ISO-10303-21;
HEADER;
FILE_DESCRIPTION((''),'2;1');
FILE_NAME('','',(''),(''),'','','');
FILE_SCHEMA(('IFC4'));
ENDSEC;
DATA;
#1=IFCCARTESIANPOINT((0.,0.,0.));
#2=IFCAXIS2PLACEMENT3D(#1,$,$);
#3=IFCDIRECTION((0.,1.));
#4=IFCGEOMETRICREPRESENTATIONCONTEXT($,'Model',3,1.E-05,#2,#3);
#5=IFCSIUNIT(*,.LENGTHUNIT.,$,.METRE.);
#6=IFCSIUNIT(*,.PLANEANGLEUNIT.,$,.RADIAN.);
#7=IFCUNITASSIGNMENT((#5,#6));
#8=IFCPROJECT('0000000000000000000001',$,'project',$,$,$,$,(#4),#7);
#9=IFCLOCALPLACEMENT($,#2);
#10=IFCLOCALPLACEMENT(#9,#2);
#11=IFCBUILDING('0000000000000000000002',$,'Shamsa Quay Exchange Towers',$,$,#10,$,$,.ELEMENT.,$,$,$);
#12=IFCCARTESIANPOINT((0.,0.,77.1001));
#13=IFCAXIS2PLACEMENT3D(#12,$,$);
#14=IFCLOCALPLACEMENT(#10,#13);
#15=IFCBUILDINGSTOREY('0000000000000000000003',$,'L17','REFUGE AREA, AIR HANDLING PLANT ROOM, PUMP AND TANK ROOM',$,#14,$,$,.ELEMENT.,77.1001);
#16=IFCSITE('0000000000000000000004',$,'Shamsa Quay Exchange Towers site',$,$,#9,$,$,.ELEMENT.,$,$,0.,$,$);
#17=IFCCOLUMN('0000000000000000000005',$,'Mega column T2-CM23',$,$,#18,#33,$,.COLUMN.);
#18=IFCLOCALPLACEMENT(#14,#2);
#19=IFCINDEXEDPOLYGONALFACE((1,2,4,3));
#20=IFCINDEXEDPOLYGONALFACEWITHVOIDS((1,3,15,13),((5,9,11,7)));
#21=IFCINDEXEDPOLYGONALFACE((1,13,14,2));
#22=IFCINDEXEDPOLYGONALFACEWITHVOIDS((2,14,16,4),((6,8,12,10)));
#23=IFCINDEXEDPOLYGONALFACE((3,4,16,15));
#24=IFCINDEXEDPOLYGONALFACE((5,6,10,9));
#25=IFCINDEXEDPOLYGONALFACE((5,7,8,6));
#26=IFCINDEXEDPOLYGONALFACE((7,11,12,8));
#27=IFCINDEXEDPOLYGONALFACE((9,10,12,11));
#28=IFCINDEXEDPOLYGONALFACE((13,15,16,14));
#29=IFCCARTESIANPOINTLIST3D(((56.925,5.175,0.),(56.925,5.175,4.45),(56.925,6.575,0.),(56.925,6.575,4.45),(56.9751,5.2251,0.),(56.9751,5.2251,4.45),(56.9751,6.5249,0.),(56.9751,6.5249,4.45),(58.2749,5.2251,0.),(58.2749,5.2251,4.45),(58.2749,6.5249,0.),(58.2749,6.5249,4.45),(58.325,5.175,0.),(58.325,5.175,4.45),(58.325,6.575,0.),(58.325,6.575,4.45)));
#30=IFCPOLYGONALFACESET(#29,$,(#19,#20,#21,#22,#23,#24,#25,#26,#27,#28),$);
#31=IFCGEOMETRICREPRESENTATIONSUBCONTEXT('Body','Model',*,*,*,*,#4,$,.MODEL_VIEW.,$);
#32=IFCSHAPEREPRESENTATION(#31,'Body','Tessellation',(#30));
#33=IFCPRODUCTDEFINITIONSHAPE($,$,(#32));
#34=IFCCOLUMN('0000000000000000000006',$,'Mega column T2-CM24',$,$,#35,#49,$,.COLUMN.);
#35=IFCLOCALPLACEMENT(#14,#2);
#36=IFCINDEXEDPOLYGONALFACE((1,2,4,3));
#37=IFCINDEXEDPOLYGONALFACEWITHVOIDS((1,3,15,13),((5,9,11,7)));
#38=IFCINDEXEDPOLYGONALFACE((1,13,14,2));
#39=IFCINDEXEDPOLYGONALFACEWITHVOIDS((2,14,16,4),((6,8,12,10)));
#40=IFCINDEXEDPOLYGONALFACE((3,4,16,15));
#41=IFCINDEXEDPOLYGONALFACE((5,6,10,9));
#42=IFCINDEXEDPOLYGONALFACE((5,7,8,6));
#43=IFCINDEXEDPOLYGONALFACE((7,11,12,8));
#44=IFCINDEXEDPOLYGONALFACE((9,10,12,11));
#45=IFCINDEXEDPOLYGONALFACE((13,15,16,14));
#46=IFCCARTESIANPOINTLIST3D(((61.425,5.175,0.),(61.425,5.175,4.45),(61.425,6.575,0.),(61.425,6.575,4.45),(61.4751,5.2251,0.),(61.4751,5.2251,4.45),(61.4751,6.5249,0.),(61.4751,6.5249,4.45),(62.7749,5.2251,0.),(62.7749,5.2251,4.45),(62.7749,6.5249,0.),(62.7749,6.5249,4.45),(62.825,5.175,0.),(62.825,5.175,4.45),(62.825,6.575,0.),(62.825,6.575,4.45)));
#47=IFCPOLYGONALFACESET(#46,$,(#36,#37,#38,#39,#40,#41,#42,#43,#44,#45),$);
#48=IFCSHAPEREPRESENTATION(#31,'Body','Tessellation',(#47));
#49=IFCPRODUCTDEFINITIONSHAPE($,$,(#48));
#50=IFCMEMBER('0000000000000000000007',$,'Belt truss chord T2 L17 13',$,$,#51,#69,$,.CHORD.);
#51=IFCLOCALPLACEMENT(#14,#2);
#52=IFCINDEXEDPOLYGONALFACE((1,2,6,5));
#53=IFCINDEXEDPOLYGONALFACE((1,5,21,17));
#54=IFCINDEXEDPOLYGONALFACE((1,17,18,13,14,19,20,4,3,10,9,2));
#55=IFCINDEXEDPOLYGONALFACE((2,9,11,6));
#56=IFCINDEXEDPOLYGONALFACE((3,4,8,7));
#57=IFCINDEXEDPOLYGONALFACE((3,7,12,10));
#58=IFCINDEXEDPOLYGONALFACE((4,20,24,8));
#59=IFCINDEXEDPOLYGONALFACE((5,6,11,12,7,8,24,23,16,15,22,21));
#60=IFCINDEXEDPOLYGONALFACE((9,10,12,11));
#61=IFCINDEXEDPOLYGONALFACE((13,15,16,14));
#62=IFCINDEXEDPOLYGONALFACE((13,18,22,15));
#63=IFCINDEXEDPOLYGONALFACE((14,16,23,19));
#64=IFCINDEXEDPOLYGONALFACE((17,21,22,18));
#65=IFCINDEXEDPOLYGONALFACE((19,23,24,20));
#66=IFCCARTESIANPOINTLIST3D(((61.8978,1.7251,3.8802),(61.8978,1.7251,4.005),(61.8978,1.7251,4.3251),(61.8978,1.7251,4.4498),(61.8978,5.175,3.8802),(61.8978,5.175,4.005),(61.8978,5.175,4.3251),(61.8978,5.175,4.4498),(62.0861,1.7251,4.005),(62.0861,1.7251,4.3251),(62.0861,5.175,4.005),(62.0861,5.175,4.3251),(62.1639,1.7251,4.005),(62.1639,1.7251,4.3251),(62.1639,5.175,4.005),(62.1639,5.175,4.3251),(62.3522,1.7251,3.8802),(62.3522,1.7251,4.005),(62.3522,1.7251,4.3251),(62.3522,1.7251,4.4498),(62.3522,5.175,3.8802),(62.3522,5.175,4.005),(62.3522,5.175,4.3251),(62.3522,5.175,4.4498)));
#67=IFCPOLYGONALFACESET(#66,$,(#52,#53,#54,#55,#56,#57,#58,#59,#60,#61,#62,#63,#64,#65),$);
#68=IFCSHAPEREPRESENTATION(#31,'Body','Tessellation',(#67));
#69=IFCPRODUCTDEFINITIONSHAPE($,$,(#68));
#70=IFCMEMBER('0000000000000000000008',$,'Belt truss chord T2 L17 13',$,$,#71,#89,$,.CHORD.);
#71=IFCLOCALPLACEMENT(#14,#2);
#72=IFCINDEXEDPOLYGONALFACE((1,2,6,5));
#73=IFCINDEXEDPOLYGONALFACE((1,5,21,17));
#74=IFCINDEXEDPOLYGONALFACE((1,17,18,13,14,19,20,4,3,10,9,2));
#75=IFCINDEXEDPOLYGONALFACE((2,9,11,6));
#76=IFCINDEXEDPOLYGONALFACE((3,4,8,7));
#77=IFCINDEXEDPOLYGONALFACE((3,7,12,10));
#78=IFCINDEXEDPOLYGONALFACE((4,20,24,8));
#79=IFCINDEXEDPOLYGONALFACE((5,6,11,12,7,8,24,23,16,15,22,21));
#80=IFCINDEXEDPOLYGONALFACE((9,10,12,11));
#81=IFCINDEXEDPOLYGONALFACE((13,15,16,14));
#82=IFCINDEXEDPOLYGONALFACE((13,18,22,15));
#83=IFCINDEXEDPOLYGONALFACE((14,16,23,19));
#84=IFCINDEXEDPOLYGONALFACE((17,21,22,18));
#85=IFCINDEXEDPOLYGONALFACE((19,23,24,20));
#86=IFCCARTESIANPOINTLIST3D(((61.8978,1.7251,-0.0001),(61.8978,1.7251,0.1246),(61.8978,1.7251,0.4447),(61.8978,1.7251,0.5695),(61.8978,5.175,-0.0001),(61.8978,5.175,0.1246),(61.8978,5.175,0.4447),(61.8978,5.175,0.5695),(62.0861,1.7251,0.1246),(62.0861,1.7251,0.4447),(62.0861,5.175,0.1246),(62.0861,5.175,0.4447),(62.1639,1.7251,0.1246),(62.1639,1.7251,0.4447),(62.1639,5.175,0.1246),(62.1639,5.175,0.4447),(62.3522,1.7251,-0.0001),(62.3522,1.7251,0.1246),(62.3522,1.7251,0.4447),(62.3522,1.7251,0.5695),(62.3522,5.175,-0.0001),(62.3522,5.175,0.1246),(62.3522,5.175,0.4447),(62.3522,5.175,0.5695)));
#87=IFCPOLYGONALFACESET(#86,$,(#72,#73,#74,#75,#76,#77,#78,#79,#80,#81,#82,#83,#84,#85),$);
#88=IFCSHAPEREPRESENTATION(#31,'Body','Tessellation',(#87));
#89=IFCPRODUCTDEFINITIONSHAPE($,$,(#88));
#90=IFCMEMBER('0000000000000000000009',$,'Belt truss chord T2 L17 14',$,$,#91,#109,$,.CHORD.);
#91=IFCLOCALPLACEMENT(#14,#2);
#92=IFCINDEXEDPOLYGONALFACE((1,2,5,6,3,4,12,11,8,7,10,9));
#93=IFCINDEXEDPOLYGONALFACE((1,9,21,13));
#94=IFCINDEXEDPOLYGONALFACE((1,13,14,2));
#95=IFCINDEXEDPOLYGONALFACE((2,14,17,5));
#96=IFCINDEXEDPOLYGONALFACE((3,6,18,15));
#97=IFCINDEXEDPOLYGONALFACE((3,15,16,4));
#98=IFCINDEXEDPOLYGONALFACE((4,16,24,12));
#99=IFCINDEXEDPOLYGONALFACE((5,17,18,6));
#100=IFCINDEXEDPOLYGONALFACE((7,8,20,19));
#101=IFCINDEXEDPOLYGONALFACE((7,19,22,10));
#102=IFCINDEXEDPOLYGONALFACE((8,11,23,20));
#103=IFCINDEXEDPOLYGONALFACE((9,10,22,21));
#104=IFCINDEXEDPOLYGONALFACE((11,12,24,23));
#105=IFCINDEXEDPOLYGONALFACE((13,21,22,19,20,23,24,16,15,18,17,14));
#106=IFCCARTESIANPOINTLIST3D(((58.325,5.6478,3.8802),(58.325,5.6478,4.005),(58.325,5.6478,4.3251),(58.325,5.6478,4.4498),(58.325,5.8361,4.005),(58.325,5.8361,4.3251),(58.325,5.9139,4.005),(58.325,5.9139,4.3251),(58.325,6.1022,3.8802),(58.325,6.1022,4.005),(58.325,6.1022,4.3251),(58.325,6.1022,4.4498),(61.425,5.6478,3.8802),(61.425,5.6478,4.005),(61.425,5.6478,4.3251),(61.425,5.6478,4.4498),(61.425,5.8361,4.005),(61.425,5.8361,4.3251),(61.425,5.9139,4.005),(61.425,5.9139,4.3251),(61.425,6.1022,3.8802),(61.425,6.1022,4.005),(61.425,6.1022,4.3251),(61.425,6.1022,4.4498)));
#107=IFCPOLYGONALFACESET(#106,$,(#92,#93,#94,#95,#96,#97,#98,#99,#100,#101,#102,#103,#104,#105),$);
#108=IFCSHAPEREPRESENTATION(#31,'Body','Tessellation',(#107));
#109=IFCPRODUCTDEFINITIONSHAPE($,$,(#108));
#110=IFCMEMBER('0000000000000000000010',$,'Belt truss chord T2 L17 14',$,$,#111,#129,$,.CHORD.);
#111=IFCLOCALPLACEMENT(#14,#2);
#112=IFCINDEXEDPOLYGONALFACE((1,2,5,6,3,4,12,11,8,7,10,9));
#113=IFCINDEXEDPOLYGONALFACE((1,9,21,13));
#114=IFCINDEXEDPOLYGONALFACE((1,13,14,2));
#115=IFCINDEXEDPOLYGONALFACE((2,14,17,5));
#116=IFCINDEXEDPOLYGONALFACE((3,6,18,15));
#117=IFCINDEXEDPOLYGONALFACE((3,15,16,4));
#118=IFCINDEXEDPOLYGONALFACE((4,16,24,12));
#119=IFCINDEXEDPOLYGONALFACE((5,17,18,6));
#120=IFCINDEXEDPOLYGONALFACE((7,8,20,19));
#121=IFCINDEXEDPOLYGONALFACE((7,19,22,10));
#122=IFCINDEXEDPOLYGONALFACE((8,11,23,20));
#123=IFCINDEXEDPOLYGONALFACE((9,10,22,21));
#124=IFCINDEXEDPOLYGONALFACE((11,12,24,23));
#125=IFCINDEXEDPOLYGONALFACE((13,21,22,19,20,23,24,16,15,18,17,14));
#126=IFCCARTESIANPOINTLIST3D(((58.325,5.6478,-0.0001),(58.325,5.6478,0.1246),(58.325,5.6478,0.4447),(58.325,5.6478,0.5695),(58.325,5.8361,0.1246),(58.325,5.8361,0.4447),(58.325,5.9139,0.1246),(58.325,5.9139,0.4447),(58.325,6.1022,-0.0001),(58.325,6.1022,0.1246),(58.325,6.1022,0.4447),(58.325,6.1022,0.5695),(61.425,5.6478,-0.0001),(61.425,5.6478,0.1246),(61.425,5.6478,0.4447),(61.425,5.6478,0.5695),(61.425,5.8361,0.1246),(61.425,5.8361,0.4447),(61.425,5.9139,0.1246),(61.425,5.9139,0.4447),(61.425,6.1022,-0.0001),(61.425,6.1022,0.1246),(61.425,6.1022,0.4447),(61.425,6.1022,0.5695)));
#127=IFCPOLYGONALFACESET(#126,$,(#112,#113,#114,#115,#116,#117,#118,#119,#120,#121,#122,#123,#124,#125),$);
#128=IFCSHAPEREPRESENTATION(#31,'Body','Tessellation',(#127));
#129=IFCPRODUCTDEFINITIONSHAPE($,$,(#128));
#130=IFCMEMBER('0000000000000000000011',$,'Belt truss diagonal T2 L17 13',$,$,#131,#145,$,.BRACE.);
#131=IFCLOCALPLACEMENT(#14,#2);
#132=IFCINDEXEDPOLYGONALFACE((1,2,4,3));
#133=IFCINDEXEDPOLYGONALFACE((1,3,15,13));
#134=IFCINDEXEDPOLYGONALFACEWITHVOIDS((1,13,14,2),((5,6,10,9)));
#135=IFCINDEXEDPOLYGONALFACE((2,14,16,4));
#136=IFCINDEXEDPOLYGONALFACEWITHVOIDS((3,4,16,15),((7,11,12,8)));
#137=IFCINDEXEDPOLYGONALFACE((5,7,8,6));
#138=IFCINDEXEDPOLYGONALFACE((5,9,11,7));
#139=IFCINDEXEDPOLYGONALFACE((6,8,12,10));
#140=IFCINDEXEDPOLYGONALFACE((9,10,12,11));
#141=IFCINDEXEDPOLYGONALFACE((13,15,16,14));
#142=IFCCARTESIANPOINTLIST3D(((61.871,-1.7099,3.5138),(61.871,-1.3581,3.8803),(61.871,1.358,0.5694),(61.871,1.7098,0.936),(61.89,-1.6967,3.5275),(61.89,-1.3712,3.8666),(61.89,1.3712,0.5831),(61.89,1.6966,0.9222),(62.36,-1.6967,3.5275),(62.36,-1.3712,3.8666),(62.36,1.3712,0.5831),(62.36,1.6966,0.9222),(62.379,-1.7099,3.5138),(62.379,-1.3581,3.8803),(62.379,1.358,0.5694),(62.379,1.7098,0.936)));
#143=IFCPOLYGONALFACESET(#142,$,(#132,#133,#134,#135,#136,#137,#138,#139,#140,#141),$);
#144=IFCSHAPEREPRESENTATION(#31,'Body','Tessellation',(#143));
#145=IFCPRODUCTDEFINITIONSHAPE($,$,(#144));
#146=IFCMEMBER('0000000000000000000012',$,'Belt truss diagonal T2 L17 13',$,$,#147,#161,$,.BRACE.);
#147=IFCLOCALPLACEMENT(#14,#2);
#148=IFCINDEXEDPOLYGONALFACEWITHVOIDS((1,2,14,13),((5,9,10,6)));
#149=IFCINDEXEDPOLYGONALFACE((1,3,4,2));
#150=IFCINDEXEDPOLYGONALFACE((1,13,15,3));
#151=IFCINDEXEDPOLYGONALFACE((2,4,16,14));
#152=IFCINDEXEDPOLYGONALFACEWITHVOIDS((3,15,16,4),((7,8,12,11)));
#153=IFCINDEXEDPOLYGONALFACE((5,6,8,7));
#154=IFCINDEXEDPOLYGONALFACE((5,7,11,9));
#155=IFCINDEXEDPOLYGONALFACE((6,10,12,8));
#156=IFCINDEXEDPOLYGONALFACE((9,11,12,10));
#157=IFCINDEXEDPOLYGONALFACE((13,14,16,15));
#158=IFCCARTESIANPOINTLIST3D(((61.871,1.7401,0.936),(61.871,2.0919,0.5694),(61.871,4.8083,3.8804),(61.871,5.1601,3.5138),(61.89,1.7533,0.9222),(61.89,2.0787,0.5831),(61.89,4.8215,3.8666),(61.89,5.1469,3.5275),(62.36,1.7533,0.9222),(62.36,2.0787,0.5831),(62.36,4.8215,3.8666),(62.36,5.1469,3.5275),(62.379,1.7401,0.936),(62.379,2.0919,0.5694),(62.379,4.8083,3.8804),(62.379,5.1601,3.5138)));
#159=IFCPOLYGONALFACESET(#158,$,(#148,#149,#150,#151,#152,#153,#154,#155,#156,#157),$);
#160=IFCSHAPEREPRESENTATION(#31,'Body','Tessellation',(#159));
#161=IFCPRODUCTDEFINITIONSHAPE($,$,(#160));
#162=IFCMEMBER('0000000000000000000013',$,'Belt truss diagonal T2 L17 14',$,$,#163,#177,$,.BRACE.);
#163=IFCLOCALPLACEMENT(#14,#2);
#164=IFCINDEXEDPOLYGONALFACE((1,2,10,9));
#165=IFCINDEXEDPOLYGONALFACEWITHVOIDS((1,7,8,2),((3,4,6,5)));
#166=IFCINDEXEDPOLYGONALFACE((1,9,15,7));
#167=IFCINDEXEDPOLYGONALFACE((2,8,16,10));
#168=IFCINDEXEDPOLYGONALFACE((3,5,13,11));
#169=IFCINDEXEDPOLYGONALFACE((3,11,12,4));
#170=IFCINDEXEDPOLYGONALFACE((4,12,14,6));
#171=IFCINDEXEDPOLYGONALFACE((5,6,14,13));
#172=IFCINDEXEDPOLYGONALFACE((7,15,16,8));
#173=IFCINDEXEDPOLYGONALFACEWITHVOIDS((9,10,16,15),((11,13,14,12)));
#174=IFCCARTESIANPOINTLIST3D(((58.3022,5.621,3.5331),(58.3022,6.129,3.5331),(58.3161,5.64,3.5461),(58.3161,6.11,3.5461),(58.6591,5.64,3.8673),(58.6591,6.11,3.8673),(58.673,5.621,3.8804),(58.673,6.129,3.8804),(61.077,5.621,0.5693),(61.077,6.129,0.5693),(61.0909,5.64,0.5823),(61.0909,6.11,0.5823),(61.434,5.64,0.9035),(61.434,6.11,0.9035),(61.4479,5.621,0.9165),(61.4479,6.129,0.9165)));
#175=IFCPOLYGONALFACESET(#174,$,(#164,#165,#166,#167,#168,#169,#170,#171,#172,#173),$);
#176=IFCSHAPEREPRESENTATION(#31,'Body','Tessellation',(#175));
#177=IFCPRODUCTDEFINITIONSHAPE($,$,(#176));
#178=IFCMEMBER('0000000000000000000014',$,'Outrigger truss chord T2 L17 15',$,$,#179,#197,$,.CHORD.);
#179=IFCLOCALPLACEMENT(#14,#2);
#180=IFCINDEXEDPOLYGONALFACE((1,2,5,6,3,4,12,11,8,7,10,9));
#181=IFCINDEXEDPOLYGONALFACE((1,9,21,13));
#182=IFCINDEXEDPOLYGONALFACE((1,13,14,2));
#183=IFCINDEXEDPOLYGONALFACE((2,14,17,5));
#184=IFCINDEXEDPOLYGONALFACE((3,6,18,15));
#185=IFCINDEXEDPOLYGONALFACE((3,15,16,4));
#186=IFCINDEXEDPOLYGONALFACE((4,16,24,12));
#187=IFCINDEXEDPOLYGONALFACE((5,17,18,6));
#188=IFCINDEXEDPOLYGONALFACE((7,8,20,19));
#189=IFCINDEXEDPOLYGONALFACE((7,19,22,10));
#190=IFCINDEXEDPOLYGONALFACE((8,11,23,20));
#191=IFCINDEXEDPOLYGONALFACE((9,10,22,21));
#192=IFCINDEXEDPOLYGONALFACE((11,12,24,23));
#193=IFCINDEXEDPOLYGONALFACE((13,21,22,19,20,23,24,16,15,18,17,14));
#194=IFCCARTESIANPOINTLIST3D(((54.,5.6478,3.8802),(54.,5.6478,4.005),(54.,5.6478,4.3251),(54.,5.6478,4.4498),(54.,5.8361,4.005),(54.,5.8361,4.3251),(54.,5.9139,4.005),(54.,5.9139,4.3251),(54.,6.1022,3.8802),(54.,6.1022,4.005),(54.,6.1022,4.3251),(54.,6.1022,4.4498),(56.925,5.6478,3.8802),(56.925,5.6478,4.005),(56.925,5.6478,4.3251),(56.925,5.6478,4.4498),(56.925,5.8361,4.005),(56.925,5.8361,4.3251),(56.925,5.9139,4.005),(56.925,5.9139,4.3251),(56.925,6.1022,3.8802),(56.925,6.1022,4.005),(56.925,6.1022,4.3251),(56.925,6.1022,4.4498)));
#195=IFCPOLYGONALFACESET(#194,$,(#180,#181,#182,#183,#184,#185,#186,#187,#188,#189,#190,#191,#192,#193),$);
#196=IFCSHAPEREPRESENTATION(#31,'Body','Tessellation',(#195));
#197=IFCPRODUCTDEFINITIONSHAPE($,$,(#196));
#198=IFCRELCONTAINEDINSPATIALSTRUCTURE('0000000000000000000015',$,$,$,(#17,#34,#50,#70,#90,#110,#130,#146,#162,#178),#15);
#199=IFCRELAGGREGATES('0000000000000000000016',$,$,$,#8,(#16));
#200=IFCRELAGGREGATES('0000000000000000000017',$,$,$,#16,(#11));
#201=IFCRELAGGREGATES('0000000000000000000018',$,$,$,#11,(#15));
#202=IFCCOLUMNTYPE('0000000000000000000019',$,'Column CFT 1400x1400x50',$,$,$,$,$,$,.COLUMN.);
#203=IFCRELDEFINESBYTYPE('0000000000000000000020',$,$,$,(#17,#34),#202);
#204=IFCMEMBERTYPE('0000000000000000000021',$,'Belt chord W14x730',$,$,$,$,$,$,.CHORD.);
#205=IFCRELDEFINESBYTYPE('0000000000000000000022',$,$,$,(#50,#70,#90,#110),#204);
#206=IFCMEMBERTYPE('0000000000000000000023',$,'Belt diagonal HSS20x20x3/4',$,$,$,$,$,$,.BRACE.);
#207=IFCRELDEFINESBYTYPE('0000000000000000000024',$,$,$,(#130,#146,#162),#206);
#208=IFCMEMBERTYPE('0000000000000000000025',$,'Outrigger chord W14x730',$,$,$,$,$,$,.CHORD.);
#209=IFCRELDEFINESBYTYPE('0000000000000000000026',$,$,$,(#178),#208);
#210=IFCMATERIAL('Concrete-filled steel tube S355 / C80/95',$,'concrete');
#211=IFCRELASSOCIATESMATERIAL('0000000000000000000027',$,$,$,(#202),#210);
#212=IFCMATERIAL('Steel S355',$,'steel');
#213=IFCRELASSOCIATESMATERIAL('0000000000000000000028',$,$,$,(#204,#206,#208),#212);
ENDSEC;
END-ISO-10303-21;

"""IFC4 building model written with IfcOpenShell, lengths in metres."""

from ifc_helpers import new_model, si_unit, direction, frame, origin, origin_2d, place, context, subcontext, project, spatial, hollow_rectangle, i_section, extrude, material, material_profile, profile_set, type_object, element, save


model = new_model("IFC4")

# Units and contexts
model_context = context("Model", 3, precision=1e-05, world=origin(), true_north=direction((0.0, 1.0)))
body_context = subcontext(model_context, "Body", "Model", "MODEL_VIEW")
ifc_project = project(units=[si_unit("LENGTHUNIT", "METRE"), si_unit("PLANEANGLEUNIT", "RADIAN")], contexts=[model_context])

# Site, building, storey
site_placement = place(None, origin())
site = spatial("IfcSite", under=ifc_project, at=site_placement, Name="Shamsa Quay Exchange Towers site", CompositionType="ELEMENT", RefElevation=0.0)
building_placement = place(site_placement, origin())
building = spatial("IfcBuilding", under=site, at=building_placement, Name="Shamsa Quay Exchange Towers", CompositionType="ELEMENT")
storey_placement = place(building_placement, frame((0.0, 0.0, 77.1001)))
storey = spatial("IfcBuildingStorey", under=building, at=storey_placement, Name="L17", Description="REFUGE AREA, AIR HANDLING PLANT ROOM, PUMP AND TANK ROOM", CompositionType="ELEMENT", Elevation=77.1001)

# Columns
ifc_material_1 = material(Name="Concrete-filled steel tube S355 / C80/95", Category="concrete")
ifc_material_profile_1 = material_profile(ifc_material_1, hollow_rectangle(XDim=1.3999, YDim=1.3999, WallThickness=0.05, at=origin_2d()), Name="CFT 1400x1400x50")
ifc_profile_set_1 = profile_set([ifc_material_profile_1], Name="Concrete-filled steel tube S355 / C80/95")
column_type = type_object("IfcColumnType", Name="Column CFT 1400x1400x50", PredefinedType="COLUMN", material=ifc_profile_set_1)
for number, where, name in (
    (1, (57.625, 5.875, 0.0), "Mega column T2-CM23"),
    (2, (62.125, 5.875, 0.0), "Mega column T2-CM24"),
):
    element("IfcColumn", number, at=place(storey_placement, frame(where)), inside=storey, type_object=column_type, Name=name, PredefinedType="COLUMN", context=body_context, shape_type="SweptSolid", body=[
        extrude(hollow_rectangle(XDim=1.3999, YDim=1.3999, WallThickness=0.05, at=origin_2d()), origin(), (0.0, 0.0, 1.0), 4.45),
    ])

# Members
ifc_material_2 = material(Name="Steel S355", Category="steel")
ifc_material_profile_2 = material_profile(ifc_material_2, i_section(OverallWidth=0.4543, OverallDepth=0.5696, WebThickness=0.0779, FlangeThickness=0.1248, at=origin_2d()), Name="W14x730")
ifc_profile_set_2 = profile_set([ifc_material_profile_2], Name="Steel S355")
member_type_1 = type_object("IfcMemberType", Name="Belt chord W14x730", PredefinedType="CHORD", material=ifc_profile_set_2)
for number, where, z_axis, x_axis, name in (
    (3, (62.125, 1.7251, 4.165), (0.0, 1.0, 0.0), (-1.0, 0.0, 0.0), "Belt truss chord T2 L17 13"),
    (4, (62.125, 1.7251, 0.2847), (0.0, 1.0, 0.0), (-1.0, 0.0, 0.0), "Belt truss chord T2 L17 13"),
):
    element("IfcMember", number, at=place(storey_placement, frame(where, z_axis=z_axis, x_axis=x_axis)), inside=storey, type_object=member_type_1, Name=name, PredefinedType="CHORD", context=body_context, shape_type="SweptSolid", body=[
        extrude(i_section(OverallWidth=0.4543, OverallDepth=0.5696, WebThickness=0.0779, FlangeThickness=0.1248, at=origin_2d()), origin(), (0.0, 0.0, 1.0), 3.45),
    ])
for number, where, z_axis, x_axis, name in (
    (5, (61.425, 5.875, 4.165), (-1.0, 0.0, 0.0), (0.0, -1.0, 0.0), "Belt truss chord T2 L17 14"),
    (6, (61.425, 5.875, 0.2847), (-1.0, 0.0, 0.0), (0.0, -1.0, 0.0), "Belt truss chord T2 L17 14"),
):
    element("IfcMember", number, at=place(storey_placement, frame(where, z_axis=z_axis, x_axis=x_axis)), inside=storey, type_object=member_type_1, Name=name, PredefinedType="CHORD", context=body_context, shape_type="SweptSolid", body=[
        extrude(i_section(OverallWidth=0.4543, OverallDepth=0.5696, WebThickness=0.0779, FlangeThickness=0.1248, at=origin_2d()), origin(), (0.0, 0.0, 1.0), 3.1001),
    ])
ifc_material_profile_3 = material_profile(ifc_material_2, hollow_rectangle(XDim=0.5081, YDim=0.5081, WallThickness=0.019, at=origin_2d()), Name="HSS20x20x3/4")
ifc_profile_set_3 = profile_set([ifc_material_profile_3], Name="Steel S355")
member_type_2 = type_object("IfcMemberType", Name="Belt diagonal HSS20x20x3/4", PredefinedType="BRACE", material=ifc_profile_set_3)
member_1_placement = place(storey_placement, frame((62.125, 1.5339, 0.7527), z_axis=(0.0, -0.721484, 0.692431), x_axis=(1.0, 0.0, 0.0)))
element("IfcMember", 7, at=member_1_placement, inside=storey, type_object=member_type_2, Name="Belt truss diagonal T2 L17 13", PredefinedType="BRACE", context=body_context, shape_type="SweptSolid", body=[
    extrude(hollow_rectangle(XDim=0.5081, YDim=0.5081, WallThickness=0.019, at=origin_2d()), origin(), (0.0, 0.0, 1.0), 4.2522),
])
member_2_placement = place(storey_placement, frame((62.125, 1.916, 0.7527), z_axis=(0.0, 0.721511, 0.692403), x_axis=(-1.0, 0.0, 0.0)))
element("IfcMember", 8, at=member_2_placement, inside=storey, type_object=member_type_2, Name="Belt truss diagonal T2 L17 13", PredefinedType="BRACE", context=body_context, shape_type="SweptSolid", body=[
    extrude(hollow_rectangle(XDim=0.5081, YDim=0.5081, WallThickness=0.019, at=origin_2d()), origin(), (0.0, 0.0, 1.0), 4.2524),
])
member_3_placement = place(storey_placement, frame((61.2625, 5.875, 0.7429), z_axis=(-0.683453, 0.0, 0.729995), x_axis=(0.0, -1.0, 0.0)))
element("IfcMember", 9, at=member_3_placement, inside=storey, type_object=member_type_2, Name="Belt truss diagonal T2 L17 14", PredefinedType="BRACE", context=body_context, shape_type="SweptSolid", body=[
    extrude(hollow_rectangle(XDim=0.5081, YDim=0.5081, WallThickness=0.019, at=origin_2d()), origin(), (0.0, 0.0, 1.0), 4.0601),
])
ifc_material_profile_4 = material_profile(ifc_material_2, i_section(OverallWidth=0.4543, OverallDepth=0.5696, WebThickness=0.0779, FlangeThickness=0.1248, at=origin_2d()), Name="W14x730")
ifc_profile_set_4 = profile_set([ifc_material_profile_4], Name="Steel S355")
member_type_3 = type_object("IfcMemberType", Name="Outrigger chord W14x730", PredefinedType="CHORD", material=ifc_profile_set_4)
for number, where, z_axis, x_axis, name in (
    (10, (56.925, 5.875, 4.165), (-1.0, 0.0, 0.0), (0.0, -1.0, 0.0), "Outrigger truss chord T2 L17 15"),
):
    element("IfcMember", number, at=place(storey_placement, frame(where, z_axis=z_axis, x_axis=x_axis)), inside=storey, type_object=member_type_3, Name=name, PredefinedType="CHORD", context=body_context, shape_type="SweptSolid", body=[
        extrude(i_section(OverallWidth=0.4543, OverallDepth=0.5696, WebThickness=0.0779, FlangeThickness=0.1248, at=origin_2d()), origin(), (0.0, 0.0, 1.0), 2.925),
    ])

save(model, "model.ifc")
